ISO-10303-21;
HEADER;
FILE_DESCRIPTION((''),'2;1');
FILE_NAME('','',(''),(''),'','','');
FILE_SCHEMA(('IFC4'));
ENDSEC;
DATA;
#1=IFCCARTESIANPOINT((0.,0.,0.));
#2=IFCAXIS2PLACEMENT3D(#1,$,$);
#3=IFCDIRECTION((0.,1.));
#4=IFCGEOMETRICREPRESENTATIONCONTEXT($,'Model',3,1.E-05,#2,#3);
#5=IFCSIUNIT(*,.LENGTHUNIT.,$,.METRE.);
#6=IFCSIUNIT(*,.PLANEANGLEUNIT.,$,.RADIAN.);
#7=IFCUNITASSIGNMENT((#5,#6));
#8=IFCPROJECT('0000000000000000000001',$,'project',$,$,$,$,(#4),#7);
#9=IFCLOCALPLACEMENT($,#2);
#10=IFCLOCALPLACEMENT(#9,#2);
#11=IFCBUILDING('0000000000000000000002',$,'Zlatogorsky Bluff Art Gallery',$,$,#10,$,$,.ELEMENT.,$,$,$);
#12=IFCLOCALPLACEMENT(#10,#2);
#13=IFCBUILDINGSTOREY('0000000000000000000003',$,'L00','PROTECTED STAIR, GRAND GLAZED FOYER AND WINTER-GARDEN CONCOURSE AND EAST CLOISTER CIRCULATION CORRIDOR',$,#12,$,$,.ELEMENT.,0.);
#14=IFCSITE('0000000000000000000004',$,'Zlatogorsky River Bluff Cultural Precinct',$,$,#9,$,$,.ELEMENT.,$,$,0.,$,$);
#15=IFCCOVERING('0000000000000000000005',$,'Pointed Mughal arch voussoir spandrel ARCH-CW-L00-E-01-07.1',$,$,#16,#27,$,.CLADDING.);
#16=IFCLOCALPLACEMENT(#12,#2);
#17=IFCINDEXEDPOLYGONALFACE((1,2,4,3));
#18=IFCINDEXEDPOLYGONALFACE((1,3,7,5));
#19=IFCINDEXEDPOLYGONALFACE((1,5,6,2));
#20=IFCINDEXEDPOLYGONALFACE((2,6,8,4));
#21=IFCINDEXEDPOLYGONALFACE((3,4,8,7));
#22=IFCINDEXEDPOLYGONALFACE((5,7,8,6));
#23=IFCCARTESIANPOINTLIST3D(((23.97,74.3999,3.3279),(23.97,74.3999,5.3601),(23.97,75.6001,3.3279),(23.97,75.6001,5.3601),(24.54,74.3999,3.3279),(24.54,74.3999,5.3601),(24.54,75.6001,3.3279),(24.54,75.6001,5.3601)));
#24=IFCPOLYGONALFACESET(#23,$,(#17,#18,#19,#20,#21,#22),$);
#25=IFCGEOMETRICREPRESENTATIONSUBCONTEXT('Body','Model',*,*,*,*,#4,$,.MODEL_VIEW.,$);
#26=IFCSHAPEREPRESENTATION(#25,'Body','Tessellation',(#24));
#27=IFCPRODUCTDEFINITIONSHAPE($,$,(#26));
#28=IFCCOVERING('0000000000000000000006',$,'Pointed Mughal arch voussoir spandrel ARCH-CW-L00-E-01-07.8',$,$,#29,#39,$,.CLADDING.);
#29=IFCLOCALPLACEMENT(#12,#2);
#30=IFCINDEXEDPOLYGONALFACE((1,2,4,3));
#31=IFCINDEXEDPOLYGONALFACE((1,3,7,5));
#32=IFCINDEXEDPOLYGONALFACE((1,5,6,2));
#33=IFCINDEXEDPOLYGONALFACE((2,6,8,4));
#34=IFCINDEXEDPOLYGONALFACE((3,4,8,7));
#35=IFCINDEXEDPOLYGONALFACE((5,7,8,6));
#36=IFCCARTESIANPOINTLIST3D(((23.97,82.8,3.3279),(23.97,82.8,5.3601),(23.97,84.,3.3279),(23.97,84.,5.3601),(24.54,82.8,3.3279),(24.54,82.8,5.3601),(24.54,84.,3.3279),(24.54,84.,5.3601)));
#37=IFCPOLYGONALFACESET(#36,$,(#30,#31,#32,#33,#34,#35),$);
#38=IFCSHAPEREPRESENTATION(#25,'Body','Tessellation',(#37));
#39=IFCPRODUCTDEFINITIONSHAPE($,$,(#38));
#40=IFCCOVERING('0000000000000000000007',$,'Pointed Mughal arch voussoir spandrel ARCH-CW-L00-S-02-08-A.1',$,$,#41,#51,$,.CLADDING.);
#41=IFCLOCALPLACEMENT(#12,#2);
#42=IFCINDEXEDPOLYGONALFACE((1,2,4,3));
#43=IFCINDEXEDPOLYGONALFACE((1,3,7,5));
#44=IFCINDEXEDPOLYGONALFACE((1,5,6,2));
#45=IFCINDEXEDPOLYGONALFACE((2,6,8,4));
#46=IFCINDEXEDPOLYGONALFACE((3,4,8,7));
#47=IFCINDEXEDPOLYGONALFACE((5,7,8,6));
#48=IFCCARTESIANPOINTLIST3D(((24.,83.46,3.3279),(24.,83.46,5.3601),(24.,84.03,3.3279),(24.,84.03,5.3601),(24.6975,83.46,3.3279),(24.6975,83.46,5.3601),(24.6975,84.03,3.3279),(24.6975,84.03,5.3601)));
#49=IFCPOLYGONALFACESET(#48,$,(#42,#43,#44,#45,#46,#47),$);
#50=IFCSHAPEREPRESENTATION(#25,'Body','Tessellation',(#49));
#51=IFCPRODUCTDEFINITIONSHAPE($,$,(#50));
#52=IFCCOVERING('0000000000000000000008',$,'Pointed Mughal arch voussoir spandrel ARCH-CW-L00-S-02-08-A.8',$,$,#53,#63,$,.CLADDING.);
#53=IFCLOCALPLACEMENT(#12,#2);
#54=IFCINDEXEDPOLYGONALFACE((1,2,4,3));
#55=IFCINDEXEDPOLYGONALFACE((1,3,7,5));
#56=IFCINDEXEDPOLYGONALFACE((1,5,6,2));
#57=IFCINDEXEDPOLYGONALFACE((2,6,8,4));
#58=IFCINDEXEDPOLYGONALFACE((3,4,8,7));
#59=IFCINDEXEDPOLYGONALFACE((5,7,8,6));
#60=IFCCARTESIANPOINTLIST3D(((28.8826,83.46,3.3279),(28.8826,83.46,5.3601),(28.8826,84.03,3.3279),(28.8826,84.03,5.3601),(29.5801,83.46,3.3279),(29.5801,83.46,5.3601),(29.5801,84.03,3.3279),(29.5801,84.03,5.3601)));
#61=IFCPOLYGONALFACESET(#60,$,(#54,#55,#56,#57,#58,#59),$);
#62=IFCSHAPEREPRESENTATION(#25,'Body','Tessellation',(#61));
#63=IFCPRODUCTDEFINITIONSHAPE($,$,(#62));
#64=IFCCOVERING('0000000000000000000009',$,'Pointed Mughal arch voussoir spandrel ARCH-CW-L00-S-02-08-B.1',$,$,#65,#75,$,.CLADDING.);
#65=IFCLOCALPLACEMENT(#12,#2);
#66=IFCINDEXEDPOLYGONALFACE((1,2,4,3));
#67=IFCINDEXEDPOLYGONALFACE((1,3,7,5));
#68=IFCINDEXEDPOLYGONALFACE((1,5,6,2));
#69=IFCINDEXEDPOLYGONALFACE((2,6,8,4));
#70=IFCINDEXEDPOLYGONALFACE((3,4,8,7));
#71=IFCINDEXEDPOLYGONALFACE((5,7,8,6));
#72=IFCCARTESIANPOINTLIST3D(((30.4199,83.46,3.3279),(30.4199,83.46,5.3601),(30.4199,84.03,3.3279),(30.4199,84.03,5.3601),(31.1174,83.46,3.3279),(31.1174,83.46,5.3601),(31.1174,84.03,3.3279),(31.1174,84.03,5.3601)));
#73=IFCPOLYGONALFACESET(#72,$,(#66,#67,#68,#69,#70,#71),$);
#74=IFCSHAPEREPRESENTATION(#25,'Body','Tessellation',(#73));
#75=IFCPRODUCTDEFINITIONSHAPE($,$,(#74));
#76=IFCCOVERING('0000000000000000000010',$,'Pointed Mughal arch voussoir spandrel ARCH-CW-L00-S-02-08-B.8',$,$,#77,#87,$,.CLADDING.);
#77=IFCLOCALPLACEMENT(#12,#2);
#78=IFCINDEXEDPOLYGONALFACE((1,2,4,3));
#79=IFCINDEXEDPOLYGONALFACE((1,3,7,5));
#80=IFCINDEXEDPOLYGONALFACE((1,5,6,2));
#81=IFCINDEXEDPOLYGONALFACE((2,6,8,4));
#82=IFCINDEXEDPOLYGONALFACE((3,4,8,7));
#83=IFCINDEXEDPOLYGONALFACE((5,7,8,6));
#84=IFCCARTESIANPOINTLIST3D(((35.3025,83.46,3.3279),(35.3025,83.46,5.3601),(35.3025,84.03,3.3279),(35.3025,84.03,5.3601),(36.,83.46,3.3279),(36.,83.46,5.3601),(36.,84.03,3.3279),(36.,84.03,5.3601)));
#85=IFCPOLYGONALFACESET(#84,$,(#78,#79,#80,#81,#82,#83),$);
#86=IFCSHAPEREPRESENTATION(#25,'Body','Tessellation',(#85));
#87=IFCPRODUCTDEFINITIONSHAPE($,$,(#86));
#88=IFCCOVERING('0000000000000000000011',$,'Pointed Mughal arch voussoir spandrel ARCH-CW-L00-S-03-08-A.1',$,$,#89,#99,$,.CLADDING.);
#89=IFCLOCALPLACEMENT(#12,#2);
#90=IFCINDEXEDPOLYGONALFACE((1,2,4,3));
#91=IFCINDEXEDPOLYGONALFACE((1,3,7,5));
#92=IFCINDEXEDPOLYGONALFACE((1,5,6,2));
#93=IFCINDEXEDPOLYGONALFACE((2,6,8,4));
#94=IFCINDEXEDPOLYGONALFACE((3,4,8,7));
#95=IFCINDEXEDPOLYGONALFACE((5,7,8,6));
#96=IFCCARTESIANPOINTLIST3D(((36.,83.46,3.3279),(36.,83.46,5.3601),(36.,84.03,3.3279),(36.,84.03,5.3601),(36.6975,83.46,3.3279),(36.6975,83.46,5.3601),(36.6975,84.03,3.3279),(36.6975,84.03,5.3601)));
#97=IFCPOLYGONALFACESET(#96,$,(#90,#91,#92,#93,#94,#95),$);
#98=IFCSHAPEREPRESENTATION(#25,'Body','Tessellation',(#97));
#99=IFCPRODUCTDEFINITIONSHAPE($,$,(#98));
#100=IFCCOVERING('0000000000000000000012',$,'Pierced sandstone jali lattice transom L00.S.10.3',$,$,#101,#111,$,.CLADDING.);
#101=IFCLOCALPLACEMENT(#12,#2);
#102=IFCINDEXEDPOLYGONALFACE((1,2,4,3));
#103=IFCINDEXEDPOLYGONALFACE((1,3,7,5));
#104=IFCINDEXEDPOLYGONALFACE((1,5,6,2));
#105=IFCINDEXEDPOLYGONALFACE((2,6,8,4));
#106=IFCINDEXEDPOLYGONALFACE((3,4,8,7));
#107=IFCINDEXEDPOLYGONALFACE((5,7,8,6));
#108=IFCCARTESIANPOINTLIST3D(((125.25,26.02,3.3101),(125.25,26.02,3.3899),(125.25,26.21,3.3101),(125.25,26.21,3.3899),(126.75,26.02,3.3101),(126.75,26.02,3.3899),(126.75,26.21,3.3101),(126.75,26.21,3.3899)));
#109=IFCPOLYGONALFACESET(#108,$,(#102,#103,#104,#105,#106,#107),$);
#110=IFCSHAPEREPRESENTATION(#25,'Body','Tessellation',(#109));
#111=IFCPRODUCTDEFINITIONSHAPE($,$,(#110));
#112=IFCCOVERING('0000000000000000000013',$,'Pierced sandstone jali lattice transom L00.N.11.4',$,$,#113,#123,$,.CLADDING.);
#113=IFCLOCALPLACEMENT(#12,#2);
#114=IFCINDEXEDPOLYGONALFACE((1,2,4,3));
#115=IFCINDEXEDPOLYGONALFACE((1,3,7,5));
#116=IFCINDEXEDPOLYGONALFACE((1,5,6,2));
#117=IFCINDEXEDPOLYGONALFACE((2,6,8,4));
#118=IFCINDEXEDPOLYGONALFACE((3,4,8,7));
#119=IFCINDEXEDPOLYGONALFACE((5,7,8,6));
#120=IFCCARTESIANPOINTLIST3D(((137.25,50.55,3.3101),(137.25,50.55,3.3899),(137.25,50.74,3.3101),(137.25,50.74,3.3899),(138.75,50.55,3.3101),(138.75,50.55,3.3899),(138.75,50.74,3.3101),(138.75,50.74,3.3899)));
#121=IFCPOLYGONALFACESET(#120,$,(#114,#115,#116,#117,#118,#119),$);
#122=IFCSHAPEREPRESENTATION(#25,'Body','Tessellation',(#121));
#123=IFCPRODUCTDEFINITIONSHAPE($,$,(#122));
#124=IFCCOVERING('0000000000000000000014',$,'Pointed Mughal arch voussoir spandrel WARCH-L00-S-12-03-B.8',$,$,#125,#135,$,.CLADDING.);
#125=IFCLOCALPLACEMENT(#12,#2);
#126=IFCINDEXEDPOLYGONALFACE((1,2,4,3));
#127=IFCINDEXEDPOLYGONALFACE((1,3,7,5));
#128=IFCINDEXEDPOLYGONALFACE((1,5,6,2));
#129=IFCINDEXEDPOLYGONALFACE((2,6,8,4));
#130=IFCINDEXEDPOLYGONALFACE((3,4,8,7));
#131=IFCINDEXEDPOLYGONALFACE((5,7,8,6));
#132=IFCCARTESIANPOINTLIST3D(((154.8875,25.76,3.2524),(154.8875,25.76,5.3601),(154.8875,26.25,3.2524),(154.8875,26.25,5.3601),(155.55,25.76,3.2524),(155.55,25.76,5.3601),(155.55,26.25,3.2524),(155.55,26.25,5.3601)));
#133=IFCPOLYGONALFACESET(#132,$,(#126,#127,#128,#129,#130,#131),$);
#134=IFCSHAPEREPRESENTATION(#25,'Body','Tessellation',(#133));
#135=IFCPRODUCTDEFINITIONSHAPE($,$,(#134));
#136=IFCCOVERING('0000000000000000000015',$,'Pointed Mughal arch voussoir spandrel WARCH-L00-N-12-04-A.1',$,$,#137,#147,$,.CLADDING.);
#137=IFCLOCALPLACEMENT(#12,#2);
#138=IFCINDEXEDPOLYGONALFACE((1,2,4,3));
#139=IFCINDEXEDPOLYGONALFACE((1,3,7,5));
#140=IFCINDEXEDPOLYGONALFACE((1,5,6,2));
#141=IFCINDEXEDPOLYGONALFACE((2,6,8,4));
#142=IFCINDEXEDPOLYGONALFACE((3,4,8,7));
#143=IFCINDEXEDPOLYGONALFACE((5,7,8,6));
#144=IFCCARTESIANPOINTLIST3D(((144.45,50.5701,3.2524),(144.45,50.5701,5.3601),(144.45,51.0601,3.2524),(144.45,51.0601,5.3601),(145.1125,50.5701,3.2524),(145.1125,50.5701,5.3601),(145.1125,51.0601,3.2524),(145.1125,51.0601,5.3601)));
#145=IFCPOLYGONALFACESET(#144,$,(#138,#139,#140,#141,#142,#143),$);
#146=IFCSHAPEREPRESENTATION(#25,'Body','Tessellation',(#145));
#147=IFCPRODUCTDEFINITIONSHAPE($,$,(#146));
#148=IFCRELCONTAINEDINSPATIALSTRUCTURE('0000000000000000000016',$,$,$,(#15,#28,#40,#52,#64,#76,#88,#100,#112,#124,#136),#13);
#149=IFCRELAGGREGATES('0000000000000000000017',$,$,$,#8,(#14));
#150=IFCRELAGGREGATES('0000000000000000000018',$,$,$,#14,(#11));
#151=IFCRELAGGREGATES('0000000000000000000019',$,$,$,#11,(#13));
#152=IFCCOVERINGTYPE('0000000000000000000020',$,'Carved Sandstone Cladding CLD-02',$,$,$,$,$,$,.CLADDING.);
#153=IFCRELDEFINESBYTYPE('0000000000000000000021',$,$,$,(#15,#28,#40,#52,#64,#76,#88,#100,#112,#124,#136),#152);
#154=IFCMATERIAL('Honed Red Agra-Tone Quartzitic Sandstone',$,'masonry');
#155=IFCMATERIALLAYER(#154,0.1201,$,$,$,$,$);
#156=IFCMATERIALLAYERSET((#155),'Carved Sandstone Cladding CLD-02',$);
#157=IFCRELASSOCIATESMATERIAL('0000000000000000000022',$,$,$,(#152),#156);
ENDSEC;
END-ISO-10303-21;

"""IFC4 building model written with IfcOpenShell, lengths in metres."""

from ifc_helpers import new_model, si_unit, direction, frame, origin, place, context, subcontext, project, spatial, polyline, outline, extrude, material, layer, layer_set, type_object, element, save


model = new_model("IFC4")

# Units and contexts
model_context = context("Model", 3, precision=1e-05, world=origin(), true_north=direction((0.0, 1.0)))
body_context = subcontext(model_context, "Body", "Model", "MODEL_VIEW")
ifc_project = project(units=[si_unit("LENGTHUNIT", "METRE"), si_unit("PLANEANGLEUNIT", "RADIAN")], contexts=[model_context])

# Site, building, storey
site_placement = place(None, origin())
site = spatial("IfcSite", under=ifc_project, at=site_placement, Name="Zlatogorsky River Bluff Cultural Precinct", CompositionType="ELEMENT", RefElevation=0.0)
building_placement = place(site_placement, origin())
building = spatial("IfcBuilding", under=site, at=building_placement, Name="Zlatogorsky Bluff Art Gallery", CompositionType="ELEMENT")
storey_placement = place(building_placement, origin())
storey = spatial("IfcBuildingStorey", under=building, at=storey_placement, Name="L00", Description="PROTECTED STAIR, GRAND GLAZED FOYER AND WINTER-GARDEN CONCOURSE AND EAST CLOISTER CIRCULATION CORRIDOR", CompositionType="ELEMENT", Elevation=0.0)

# Coverings
ifc_material = material(Name="Honed Red Agra-Tone Quartzitic Sandstone", Category="masonry")
ifc_layer = layer(ifc_material, 0.1201)
ifc_layer_set = layer_set([ifc_layer], Name="Carved Sandstone Cladding CLD-02")
covering_type = type_object("IfcCoveringType", Name="Carved Sandstone Cladding CLD-02", PredefinedType="CLADDING", material=ifc_layer_set)
covering_1_placement = place(storey_placement, frame((0.0, 0.0, 3.3279)))
element("IfcCovering", 1, at=covering_1_placement, inside=storey, type_object=covering_type, Name="Pointed Mughal arch voussoir spandrel ARCH-CW-L00-E-01-07.1", PredefinedType="CLADDING", context=body_context, shape_type="SweptSolid", body=[
    extrude(outline(polyline([(23.97, 74.3999), (23.97, 75.6001), (24.54, 75.6001), (24.54, 74.3999), (23.97, 74.3999)])), origin(), (0.0, 0.0, 1.0), 2.0322),
])
covering_2_placement = place(storey_placement, frame((0.0, 0.0, 3.3279)))
element("IfcCovering", 2, at=covering_2_placement, inside=storey, type_object=covering_type, Name="Pointed Mughal arch voussoir spandrel ARCH-CW-L00-E-01-07.8", PredefinedType="CLADDING", context=body_context, shape_type="SweptSolid", body=[
    extrude(outline(polyline([(23.97, 82.8), (23.97, 84.0), (24.54, 84.0), (24.54, 82.8), (23.97, 82.8)])), origin(), (0.0, 0.0, 1.0), 2.0322),
])
covering_3_placement = place(storey_placement, frame((0.0, 0.0, 3.3279)))
element("IfcCovering", 3, at=covering_3_placement, inside=storey, type_object=covering_type, Name="Pointed Mughal arch voussoir spandrel ARCH-CW-L00-S-02-08-A.1", PredefinedType="CLADDING", context=body_context, shape_type="SweptSolid", body=[
    extrude(outline(polyline([(24.0, 83.46), (24.6975, 83.46), (24.6975, 84.03), (24.0, 84.03), (24.0, 83.46)])), origin(), (0.0, 0.0, 1.0), 2.0322),
])
covering_4_placement = place(storey_placement, frame((0.0, 0.0, 3.3279)))
element("IfcCovering", 4, at=covering_4_placement, inside=storey, type_object=covering_type, Name="Pointed Mughal arch voussoir spandrel ARCH-CW-L00-S-02-08-A.8", PredefinedType="CLADDING", context=body_context, shape_type="SweptSolid", body=[
    extrude(outline(polyline([(28.8826, 83.46), (29.5801, 83.46), (29.5801, 84.03), (28.8826, 84.03), (28.8826, 83.46)])), origin(), (0.0, 0.0, 1.0), 2.0322),
])
covering_5_placement = place(storey_placement, frame((0.0, 0.0, 3.3279)))
element("IfcCovering", 5, at=covering_5_placement, inside=storey, type_object=covering_type, Name="Pointed Mughal arch voussoir spandrel ARCH-CW-L00-S-02-08-B.1", PredefinedType="CLADDING", context=body_context, shape_type="SweptSolid", body=[
    extrude(outline(polyline([(30.4199, 83.46), (31.1174, 83.46), (31.1174, 84.03), (30.4199, 84.03), (30.4199, 83.46)])), origin(), (0.0, 0.0, 1.0), 2.0322),
])
covering_6_placement = place(storey_placement, frame((0.0, 0.0, 3.3279)))
element("IfcCovering", 6, at=covering_6_placement, inside=storey, type_object=covering_type, Name="Pointed Mughal arch voussoir spandrel ARCH-CW-L00-S-02-08-B.8", PredefinedType="CLADDING", context=body_context, shape_type="SweptSolid", body=[
    extrude(outline(polyline([(35.3025, 83.46), (36.0, 83.46), (36.0, 84.03), (35.3025, 84.03), (35.3025, 83.46)])), origin(), (0.0, 0.0, 1.0), 2.0322),
])
covering_7_placement = place(storey_placement, frame((0.0, 0.0, 3.3279)))
element("IfcCovering", 7, at=covering_7_placement, inside=storey, type_object=covering_type, Name="Pointed Mughal arch voussoir spandrel ARCH-CW-L00-S-03-08-A.1", PredefinedType="CLADDING", context=body_context, shape_type="SweptSolid", body=[
    extrude(outline(polyline([(36.0, 83.46), (36.6975, 83.46), (36.6975, 84.03), (36.0, 84.03), (36.0, 83.46)])), origin(), (0.0, 0.0, 1.0), 2.0322),
])
covering_8_placement = place(storey_placement, frame((0.0, 0.0, 3.3101)))
element("IfcCovering", 8, at=covering_8_placement, inside=storey, type_object=covering_type, Name="Pierced sandstone jali lattice transom L00.S.10.3", PredefinedType="CLADDING", context=body_context, shape_type="SweptSolid", body=[
    extrude(outline(polyline([(125.25, 26.02), (126.75, 26.02), (126.75, 26.21), (125.25, 26.21), (125.25, 26.02)])), origin(), (0.0, 0.0, 1.0), 0.0798),
])
covering_9_placement = place(storey_placement, frame((0.0, 0.0, 3.3101)))
element("IfcCovering", 9, at=covering_9_placement, inside=storey, type_object=covering_type, Name="Pierced sandstone jali lattice transom L00.N.11.4", PredefinedType="CLADDING", context=body_context, shape_type="SweptSolid", body=[
    extrude(outline(polyline([(137.25, 50.55), (138.75, 50.55), (138.75, 50.74), (137.25, 50.74), (137.25, 50.55)])), origin(), (0.0, 0.0, 1.0), 0.0798),
])
covering_10_placement = place(storey_placement, frame((0.0, 0.0, 3.2524)))
element("IfcCovering", 10, at=covering_10_placement, inside=storey, type_object=covering_type, Name="Pointed Mughal arch voussoir spandrel WARCH-L00-S-12-03-B.8", PredefinedType="CLADDING", context=body_context, shape_type="SweptSolid", body=[
    extrude(outline(polyline([(154.8875, 25.76), (155.55, 25.76), (155.55, 26.25), (154.8875, 26.25), (154.8875, 25.76)])), origin(), (0.0, 0.0, 1.0), 2.1077),
])
covering_11_placement = place(storey_placement, frame((0.0, 0.0, 3.2524)))
element("IfcCovering", 11, at=covering_11_placement, inside=storey, type_object=covering_type, Name="Pointed Mughal arch voussoir spandrel WARCH-L00-N-12-04-A.1", PredefinedType="CLADDING", context=body_context, shape_type="SweptSolid", body=[
    extrude(outline(polyline([(144.45, 50.5701), (145.1125, 50.5701), (145.1125, 51.0601), (144.45, 51.0601), (144.45, 50.5701)])), origin(), (0.0, 0.0, 1.0), 2.1077),
])

save(model, "model.ifc")
